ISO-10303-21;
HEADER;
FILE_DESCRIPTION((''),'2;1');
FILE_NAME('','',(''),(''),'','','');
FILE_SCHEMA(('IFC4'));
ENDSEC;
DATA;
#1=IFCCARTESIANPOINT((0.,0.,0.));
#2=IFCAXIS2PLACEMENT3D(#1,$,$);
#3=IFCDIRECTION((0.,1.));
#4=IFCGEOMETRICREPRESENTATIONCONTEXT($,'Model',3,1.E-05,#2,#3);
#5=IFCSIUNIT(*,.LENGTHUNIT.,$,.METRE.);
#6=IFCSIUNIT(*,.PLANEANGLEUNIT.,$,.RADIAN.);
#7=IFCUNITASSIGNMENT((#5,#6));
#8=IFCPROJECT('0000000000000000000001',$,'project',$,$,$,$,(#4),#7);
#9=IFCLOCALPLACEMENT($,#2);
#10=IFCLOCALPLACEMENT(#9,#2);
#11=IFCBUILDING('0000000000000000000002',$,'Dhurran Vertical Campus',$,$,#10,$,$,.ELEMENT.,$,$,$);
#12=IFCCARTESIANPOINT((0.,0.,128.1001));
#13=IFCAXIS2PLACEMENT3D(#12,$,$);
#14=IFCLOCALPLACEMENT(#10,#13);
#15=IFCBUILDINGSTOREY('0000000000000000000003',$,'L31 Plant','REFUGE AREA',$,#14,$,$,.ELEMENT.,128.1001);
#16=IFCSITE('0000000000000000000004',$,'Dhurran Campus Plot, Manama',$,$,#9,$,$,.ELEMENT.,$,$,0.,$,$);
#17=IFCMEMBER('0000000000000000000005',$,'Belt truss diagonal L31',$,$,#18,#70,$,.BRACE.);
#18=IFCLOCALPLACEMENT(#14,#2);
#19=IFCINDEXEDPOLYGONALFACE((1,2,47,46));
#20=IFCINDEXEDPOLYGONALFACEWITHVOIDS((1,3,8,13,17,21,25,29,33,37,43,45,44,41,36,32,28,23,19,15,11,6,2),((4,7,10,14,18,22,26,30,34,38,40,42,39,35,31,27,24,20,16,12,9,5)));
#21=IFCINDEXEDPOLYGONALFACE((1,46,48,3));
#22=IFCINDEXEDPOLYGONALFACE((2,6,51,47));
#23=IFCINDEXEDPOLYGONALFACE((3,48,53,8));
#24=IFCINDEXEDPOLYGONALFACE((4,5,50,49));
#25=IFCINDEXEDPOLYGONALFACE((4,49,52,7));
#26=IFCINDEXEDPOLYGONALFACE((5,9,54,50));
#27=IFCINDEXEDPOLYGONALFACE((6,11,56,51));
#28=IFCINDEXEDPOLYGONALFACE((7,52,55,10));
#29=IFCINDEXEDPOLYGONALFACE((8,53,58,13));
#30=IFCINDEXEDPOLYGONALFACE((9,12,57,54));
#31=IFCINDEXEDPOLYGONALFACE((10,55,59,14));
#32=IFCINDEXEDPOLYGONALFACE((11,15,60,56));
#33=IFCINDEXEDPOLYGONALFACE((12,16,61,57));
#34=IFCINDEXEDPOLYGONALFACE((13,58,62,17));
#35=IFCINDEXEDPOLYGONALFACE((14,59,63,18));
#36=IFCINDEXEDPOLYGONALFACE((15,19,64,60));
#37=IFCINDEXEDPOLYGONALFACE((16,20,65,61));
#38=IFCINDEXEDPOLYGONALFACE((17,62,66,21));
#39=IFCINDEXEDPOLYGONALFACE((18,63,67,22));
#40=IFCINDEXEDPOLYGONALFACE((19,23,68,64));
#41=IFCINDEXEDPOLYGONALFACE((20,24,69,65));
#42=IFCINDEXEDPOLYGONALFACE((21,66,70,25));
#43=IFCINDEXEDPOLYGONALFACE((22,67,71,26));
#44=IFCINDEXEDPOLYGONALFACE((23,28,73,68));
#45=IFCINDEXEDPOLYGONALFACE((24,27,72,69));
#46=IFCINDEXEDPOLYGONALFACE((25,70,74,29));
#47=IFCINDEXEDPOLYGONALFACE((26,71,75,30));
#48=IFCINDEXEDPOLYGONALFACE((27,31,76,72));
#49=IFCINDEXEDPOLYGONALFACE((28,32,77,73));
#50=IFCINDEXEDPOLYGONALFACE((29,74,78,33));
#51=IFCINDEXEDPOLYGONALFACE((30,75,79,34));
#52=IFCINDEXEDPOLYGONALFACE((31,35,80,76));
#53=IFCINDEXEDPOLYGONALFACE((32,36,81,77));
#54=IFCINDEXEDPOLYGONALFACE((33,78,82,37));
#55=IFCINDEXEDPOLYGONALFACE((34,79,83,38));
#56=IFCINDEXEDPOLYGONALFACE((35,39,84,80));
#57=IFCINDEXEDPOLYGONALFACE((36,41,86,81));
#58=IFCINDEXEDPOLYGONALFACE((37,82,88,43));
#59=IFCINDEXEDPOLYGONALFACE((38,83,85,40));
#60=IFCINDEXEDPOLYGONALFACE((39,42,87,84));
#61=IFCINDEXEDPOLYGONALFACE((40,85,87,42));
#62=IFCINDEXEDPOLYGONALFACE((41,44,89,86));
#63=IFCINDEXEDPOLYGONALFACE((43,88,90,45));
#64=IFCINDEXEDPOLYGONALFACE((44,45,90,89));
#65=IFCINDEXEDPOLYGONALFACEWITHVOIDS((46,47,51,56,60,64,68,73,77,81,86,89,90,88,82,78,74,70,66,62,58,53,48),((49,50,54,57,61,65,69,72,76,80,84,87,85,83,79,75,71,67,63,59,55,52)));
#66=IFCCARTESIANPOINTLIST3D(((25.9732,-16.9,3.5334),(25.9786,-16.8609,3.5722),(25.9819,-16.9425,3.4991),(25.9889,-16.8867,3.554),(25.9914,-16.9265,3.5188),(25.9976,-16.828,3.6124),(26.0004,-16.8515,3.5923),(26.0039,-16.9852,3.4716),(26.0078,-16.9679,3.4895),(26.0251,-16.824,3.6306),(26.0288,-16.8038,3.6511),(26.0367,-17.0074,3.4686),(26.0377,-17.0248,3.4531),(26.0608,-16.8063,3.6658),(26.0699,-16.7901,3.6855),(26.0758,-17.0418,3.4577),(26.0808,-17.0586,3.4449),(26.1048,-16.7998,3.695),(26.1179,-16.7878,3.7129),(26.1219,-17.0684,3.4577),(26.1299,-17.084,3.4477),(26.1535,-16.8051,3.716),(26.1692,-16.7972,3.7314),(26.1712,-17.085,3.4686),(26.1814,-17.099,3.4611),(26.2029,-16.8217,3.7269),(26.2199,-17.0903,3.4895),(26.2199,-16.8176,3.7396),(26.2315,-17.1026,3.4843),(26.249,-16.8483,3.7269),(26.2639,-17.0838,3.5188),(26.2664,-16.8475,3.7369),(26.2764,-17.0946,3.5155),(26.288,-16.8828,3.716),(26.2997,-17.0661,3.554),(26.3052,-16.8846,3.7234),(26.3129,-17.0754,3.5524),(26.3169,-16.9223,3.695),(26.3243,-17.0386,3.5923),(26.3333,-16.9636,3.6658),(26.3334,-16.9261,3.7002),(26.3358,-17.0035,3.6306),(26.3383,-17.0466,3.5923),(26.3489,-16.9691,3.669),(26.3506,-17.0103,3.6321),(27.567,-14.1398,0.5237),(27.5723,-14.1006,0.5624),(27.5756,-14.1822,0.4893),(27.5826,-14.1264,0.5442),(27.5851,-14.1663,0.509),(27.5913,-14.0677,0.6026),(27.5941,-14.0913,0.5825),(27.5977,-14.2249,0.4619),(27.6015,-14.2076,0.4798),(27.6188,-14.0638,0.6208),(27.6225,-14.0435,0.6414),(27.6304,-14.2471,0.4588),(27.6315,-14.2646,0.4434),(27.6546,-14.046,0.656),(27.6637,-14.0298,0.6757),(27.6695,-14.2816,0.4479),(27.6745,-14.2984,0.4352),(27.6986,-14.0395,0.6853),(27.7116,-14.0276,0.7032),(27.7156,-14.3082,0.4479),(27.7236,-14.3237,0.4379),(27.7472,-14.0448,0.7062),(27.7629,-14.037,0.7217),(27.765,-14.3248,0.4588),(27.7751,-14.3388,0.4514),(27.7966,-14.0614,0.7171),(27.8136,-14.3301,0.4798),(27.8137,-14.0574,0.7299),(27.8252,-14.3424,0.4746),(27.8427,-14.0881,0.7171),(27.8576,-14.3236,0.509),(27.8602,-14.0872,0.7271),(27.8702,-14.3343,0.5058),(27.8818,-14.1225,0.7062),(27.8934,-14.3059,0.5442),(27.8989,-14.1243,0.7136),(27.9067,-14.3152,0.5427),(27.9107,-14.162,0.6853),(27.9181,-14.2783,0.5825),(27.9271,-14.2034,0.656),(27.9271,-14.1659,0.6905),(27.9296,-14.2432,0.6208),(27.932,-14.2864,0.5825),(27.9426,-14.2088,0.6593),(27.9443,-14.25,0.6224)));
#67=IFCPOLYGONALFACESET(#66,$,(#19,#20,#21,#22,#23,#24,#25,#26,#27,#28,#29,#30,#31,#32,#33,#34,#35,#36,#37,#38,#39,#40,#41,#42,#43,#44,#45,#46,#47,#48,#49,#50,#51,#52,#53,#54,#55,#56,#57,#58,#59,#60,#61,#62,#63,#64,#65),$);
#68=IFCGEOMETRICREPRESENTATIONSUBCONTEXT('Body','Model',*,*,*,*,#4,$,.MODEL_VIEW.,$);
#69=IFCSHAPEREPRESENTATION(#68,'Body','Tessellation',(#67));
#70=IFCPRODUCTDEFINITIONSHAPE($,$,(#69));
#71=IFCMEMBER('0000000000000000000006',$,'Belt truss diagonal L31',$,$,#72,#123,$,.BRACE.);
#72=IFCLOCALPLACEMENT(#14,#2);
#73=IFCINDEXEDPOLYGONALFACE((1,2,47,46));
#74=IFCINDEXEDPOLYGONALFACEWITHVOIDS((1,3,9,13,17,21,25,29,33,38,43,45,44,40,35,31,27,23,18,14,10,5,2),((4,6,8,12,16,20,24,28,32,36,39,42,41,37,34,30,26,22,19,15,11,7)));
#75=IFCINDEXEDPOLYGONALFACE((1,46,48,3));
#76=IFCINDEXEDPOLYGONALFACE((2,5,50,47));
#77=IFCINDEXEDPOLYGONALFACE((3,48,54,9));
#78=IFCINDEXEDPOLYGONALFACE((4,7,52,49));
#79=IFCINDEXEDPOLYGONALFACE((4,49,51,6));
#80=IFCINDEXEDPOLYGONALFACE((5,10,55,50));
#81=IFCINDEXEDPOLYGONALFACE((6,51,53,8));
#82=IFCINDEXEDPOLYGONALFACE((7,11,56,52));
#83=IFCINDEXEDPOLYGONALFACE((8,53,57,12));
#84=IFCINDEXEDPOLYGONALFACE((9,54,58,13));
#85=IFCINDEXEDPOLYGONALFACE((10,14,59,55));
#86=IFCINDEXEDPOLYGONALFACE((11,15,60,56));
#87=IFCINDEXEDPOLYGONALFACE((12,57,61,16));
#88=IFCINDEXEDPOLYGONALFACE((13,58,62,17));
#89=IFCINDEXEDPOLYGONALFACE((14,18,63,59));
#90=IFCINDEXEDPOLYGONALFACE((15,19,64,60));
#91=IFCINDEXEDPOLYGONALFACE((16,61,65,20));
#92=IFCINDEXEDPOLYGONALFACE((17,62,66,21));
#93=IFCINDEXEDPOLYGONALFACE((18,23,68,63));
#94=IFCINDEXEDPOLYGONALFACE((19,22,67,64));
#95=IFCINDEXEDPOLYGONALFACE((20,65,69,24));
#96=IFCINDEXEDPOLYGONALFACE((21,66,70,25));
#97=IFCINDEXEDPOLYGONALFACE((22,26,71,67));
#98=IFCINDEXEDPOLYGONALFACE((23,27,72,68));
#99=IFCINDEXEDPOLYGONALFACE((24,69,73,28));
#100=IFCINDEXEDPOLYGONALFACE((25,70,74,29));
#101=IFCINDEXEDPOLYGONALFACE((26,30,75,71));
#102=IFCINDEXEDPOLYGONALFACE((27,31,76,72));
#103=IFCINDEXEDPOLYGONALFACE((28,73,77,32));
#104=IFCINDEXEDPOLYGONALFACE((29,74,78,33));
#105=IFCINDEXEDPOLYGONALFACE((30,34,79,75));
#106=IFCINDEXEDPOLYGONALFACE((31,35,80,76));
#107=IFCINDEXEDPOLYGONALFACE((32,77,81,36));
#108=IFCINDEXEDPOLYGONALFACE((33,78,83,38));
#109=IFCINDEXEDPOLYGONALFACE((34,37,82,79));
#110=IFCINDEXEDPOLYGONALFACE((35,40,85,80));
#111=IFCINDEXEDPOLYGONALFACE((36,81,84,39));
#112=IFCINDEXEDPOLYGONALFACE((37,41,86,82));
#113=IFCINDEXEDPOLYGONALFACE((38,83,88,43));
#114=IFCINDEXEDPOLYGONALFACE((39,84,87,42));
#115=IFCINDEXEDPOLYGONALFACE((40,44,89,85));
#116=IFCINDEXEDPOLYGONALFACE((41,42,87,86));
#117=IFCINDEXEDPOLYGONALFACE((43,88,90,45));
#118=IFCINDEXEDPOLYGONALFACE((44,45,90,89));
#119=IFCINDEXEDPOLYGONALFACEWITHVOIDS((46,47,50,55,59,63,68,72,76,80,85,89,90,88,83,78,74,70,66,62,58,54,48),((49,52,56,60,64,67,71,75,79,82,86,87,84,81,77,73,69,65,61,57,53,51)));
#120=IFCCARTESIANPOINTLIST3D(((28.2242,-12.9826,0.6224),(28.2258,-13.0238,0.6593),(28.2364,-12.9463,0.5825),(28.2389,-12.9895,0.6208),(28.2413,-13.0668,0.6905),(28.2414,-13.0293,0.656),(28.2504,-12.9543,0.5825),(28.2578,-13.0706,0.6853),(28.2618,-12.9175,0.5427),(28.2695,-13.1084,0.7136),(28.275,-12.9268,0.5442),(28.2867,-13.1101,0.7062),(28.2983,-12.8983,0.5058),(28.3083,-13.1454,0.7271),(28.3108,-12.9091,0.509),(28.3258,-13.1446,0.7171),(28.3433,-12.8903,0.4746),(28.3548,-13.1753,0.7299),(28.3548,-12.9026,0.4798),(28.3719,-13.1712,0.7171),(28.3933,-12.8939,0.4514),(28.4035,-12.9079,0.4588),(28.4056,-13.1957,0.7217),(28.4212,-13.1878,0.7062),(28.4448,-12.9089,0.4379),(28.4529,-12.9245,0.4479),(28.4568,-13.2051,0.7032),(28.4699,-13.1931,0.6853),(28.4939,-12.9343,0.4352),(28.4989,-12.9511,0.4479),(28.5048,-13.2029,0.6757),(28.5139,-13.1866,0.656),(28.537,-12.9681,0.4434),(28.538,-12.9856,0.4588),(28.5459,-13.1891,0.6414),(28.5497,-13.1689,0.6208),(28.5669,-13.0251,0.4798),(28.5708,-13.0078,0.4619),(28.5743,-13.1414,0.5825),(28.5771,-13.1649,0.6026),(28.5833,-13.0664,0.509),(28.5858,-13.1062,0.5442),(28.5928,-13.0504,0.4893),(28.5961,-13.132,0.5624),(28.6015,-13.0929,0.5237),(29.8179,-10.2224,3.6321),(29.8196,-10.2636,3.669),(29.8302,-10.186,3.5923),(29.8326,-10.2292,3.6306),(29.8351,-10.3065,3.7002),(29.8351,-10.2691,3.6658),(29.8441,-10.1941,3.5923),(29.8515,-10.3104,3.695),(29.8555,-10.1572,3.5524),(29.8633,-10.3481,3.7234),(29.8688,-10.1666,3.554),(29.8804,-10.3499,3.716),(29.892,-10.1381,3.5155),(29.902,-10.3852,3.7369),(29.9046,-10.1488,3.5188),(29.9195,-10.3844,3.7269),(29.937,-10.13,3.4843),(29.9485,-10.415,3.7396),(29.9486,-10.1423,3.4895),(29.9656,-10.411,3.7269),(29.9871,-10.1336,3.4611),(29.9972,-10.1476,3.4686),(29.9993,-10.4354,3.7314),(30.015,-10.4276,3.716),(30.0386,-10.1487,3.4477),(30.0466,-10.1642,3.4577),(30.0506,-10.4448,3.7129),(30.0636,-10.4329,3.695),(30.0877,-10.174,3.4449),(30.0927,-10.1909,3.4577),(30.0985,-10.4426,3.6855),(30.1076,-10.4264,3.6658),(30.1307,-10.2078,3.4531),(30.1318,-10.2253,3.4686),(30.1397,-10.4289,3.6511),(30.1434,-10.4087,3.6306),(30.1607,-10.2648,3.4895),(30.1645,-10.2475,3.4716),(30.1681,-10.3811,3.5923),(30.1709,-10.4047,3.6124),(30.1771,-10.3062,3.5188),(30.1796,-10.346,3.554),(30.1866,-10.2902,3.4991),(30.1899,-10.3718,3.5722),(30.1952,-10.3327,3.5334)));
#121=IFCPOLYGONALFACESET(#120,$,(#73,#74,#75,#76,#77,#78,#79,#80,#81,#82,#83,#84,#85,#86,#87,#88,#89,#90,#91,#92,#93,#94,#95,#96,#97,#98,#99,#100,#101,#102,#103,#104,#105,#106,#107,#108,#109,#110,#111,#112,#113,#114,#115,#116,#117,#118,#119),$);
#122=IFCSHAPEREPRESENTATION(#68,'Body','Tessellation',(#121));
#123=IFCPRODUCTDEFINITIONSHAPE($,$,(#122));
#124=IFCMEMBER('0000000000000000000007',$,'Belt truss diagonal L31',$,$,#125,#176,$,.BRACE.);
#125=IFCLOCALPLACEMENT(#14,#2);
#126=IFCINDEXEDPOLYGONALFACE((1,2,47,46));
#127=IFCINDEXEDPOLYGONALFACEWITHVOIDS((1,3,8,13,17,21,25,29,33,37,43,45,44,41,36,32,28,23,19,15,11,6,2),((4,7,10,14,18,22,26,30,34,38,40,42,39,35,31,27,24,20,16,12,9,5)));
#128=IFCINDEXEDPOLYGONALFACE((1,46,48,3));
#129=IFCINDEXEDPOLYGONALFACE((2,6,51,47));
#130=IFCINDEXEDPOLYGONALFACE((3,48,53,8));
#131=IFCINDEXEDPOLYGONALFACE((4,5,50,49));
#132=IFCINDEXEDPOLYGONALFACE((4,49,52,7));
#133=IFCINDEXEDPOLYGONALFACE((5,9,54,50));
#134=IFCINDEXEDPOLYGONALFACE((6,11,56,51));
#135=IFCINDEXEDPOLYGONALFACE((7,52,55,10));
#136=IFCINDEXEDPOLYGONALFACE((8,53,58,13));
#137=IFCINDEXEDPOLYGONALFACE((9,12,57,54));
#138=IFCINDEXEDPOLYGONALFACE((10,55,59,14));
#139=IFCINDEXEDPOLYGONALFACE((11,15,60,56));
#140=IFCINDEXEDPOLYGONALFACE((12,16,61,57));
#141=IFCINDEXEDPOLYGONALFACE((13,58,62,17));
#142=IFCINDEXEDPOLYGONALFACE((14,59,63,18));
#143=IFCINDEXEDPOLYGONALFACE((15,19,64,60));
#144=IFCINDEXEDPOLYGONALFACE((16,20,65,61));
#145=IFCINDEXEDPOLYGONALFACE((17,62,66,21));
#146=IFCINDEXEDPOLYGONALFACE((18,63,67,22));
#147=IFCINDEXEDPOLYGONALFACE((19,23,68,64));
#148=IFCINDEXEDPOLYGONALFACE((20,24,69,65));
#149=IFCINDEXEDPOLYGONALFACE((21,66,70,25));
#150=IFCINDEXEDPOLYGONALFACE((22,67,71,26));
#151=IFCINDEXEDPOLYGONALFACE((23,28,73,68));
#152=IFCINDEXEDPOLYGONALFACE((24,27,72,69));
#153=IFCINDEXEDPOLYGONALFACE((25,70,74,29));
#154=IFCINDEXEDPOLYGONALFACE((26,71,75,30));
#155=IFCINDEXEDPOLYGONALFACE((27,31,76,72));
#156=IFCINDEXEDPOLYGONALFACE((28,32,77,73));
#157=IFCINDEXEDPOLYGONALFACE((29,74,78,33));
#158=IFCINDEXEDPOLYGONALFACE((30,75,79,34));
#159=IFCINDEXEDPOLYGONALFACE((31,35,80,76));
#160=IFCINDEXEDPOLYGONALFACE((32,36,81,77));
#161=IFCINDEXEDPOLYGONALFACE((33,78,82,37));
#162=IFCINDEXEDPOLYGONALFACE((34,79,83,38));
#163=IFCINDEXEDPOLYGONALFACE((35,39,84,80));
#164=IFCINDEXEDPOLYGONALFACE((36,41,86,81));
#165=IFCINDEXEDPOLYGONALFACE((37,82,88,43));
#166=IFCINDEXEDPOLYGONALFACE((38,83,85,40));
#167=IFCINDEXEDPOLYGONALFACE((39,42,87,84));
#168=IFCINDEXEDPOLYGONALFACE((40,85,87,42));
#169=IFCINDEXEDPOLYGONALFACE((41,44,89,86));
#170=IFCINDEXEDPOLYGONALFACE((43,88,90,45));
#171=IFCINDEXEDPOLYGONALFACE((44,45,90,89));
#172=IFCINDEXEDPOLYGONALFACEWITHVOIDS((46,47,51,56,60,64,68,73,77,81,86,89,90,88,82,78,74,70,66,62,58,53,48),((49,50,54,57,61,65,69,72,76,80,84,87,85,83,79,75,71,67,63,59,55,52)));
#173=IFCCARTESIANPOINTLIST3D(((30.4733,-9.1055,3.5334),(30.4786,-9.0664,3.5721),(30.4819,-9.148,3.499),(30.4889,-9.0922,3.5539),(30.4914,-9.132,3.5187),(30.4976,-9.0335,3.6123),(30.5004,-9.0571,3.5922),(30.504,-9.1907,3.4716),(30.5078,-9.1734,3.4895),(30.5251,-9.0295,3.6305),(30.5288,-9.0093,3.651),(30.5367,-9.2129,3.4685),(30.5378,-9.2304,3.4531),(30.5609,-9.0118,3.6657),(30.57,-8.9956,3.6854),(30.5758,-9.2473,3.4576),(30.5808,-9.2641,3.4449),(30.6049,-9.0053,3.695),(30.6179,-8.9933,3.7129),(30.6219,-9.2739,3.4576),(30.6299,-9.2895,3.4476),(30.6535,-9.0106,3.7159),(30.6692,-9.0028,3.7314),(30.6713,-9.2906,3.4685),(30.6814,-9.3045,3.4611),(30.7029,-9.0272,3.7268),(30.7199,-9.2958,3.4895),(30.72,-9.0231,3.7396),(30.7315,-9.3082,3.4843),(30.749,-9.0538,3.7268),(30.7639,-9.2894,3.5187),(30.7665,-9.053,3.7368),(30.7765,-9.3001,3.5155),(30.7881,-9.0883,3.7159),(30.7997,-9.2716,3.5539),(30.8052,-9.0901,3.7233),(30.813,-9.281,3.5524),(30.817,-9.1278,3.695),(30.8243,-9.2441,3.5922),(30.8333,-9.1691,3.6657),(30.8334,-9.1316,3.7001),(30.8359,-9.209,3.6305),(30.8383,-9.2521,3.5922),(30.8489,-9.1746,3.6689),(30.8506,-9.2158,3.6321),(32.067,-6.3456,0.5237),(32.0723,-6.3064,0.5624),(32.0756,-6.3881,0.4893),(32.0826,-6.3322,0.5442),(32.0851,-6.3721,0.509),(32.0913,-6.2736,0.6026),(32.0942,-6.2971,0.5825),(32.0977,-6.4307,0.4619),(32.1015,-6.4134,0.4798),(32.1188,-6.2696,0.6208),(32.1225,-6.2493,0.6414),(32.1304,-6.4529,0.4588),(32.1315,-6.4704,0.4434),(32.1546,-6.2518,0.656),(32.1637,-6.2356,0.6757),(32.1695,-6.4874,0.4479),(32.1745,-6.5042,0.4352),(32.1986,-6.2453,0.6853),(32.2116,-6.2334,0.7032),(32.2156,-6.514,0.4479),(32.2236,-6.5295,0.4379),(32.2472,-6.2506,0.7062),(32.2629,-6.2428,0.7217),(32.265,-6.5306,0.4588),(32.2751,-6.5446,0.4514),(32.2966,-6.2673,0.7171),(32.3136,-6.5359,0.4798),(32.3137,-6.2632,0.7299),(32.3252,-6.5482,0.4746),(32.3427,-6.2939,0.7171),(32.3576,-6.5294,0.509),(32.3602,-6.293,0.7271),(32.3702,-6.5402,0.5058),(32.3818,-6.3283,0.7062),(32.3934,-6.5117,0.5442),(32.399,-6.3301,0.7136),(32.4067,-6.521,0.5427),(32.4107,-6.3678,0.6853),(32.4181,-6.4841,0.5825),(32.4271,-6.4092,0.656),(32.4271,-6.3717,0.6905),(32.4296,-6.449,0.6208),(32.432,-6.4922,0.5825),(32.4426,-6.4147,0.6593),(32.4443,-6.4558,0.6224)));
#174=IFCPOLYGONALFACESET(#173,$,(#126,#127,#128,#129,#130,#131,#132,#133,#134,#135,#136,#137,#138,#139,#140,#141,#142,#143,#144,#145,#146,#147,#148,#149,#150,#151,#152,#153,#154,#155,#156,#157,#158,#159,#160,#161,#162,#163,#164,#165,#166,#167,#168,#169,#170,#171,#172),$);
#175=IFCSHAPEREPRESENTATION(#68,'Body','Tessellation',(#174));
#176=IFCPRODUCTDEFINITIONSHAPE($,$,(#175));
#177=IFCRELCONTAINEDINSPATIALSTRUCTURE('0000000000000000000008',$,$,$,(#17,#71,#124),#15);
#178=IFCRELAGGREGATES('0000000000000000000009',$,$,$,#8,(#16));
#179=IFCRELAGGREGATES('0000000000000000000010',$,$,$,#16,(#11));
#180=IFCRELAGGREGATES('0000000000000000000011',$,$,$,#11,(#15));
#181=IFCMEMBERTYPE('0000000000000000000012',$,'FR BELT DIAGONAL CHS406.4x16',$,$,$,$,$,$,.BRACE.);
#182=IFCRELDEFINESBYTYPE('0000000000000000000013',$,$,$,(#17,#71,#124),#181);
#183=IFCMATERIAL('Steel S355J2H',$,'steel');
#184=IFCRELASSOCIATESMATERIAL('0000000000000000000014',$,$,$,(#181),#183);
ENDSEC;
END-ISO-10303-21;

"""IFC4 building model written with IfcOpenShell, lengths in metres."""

from ifc_helpers import new_model, si_unit, direction, frame, origin, origin_2d, place, context, subcontext, project, spatial, hollow_circle, extrude, material, material_profile, profile_set, type_object, element, save


model = new_model("IFC4")

# Units and contexts
model_context = context("Model", 3, precision=1e-05, world=origin(), true_north=direction((0.0, 1.0)))
body_context = subcontext(model_context, "Body", "Model", "MODEL_VIEW")
ifc_project = project(units=[si_unit("LENGTHUNIT", "METRE"), si_unit("PLANEANGLEUNIT", "RADIAN")], contexts=[model_context])

# Site, building, storey
site_placement = place(None, origin())
site = spatial("IfcSite", under=ifc_project, at=site_placement, Name="Dhurran Campus Plot, Manama", CompositionType="ELEMENT", RefElevation=0.0)
building_placement = place(site_placement, origin())
building = spatial("IfcBuilding", under=site, at=building_placement, Name="Dhurran Vertical Campus", CompositionType="ELEMENT")
storey_placement = place(building_placement, frame((0.0, 0.0, 128.1001)))
storey = spatial("IfcBuildingStorey", under=building, at=storey_placement, Name="L31 Plant", Description="REFUGE AREA", CompositionType="ELEMENT", Elevation=128.1001)

# Members
ifc_material_1 = material(Name="Steel S355J2H", Category="steel")
ifc_material_profile_1 = material_profile(ifc_material_1, hollow_circle(Radius=0.2031, WallThickness=0.0161, at=origin_2d()), Name="CHS406.4x16")
ifc_profile_set_1 = profile_set([ifc_material_profile_1], Name="Steel S355J2H")
member_type = type_object("IfcMemberType", Name="FR BELT DIAGONAL CHS406.4x16", PredefinedType="BRACE", material=ifc_profile_set_1)
for number, where, z_axis, x_axis, name in (
    (1, (27.7561, -14.1848, 0.5825), (-0.363554, -0.629648, 0.686565), (0.86601, -0.500027, 0.0), "Belt truss diagonal L31"),
    (2, (28.4124, -13.0479, 0.5825), (0.363554, 0.629648, 0.686565), (-0.86601, 0.500027, 0.0), "Belt truss diagonal L31"),
):
    element("IfcMember", number, at=place(storey_placement, frame(where, z_axis=z_axis, x_axis=x_axis)), inside=storey, type_object=member_type, Name=name, PredefinedType="BRACE", context=body_context, shape_type="SweptSolid", body=[
        extrude(hollow_circle(Radius=0.2031, WallThickness=0.0161, at=origin_2d()), origin(), (0.0, 0.0, 1.0), 4.3838),
    ])
member_placement = place(storey_placement, frame((32.2561, -6.3906, 0.5825), z_axis=(-0.363567, -0.629615, 0.686589), x_axis=(0.86599, -0.500061, 0.0)))
element("IfcMember", 3, at=member_placement, inside=storey, type_object=member_type, Name="Belt truss diagonal L31", PredefinedType="BRACE", context=body_context, shape_type="SweptSolid", body=[
    extrude(hollow_circle(Radius=0.2031, WallThickness=0.0161, at=origin_2d()), origin(), (0.0, 0.0, 1.0), 4.3835),
])

save(model, "model.ifc")
